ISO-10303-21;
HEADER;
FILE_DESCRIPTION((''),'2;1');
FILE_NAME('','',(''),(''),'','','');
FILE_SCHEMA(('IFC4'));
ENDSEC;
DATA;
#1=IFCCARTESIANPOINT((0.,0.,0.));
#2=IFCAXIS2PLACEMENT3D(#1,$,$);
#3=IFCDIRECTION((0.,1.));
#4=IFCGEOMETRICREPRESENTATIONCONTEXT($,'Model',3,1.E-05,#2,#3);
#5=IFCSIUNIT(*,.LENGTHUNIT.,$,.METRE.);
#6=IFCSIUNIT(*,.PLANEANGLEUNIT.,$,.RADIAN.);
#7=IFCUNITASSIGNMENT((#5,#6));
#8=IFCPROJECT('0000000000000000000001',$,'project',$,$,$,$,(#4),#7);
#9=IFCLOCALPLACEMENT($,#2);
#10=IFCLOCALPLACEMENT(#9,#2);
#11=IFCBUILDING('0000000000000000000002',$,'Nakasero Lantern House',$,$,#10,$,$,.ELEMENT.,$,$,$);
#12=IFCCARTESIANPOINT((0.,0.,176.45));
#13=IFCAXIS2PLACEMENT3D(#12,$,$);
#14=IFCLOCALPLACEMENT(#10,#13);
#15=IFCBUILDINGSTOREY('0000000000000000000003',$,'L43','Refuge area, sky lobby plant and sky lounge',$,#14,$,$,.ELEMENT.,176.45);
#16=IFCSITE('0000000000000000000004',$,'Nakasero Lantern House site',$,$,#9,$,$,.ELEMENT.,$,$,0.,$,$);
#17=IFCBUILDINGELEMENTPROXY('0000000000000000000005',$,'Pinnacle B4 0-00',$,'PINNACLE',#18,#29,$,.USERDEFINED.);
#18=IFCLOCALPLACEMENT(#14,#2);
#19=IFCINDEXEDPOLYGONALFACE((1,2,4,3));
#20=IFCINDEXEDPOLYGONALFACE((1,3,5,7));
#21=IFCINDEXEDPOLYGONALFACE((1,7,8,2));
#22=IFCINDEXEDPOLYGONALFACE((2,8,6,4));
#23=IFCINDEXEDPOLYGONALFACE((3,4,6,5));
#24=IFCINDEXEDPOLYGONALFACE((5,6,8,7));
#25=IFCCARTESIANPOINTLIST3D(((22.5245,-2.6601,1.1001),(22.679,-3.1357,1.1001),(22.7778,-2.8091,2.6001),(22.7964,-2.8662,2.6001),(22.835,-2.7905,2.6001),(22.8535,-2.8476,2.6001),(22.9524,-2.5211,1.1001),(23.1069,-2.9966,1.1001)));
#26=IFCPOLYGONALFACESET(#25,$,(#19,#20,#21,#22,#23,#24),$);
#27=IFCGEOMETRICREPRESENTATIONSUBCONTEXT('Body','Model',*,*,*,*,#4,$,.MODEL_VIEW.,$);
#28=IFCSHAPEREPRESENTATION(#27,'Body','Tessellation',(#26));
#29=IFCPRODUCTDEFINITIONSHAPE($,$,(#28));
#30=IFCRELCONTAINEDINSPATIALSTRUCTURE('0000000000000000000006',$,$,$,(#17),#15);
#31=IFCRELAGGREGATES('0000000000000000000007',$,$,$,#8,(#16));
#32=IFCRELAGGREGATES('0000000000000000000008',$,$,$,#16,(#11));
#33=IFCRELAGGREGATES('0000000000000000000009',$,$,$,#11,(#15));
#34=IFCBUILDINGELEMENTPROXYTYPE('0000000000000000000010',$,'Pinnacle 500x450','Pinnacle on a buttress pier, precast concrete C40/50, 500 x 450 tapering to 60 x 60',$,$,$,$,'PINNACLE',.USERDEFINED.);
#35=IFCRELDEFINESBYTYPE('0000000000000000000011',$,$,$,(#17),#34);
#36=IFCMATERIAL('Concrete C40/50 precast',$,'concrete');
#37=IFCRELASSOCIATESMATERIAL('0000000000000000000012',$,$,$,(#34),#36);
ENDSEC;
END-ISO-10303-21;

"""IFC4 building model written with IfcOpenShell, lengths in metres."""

from ifc_helpers import new_model, entity, si_unit, direction, frame, origin, place, context, subcontext, project, spatial, material, type_object, element, save


model = new_model("IFC4")

# Units and contexts
model_context = context("Model", 3, precision=1e-05, world=origin(), true_north=direction((0.0, 1.0)))
body_context = subcontext(model_context, "Body", "Model", "MODEL_VIEW")
ifc_project = project(units=[si_unit("LENGTHUNIT", "METRE"), si_unit("PLANEANGLEUNIT", "RADIAN")], contexts=[model_context])

# Site, building, storey
site_placement = place(None, origin())
site = spatial("IfcSite", under=ifc_project, at=site_placement, Name="Nakasero Lantern House site", CompositionType="ELEMENT", RefElevation=0.0)
building_placement = place(site_placement, origin())
building = spatial("IfcBuilding", under=site, at=building_placement, Name="Nakasero Lantern House", CompositionType="ELEMENT")
storey_placement = place(building_placement, frame((0.0, 0.0, 176.45)))
storey = spatial("IfcBuildingStorey", under=building, at=storey_placement, Name="L43", Description="Refuge area, sky lobby plant and sky lounge", CompositionType="ELEMENT", Elevation=176.45)

# Building element proxy
ifc_material_1 = material(Name="Concrete C40/50 precast", Category="concrete")
building_element_proxy_type = type_object("IfcBuildingElementProxyType", Name="Pinnacle 500x450", Description="Pinnacle on a buttress pier, precast concrete C40/50, 500 x 450 tapering to 60 x 60", ElementType="PINNACLE", PredefinedType="USERDEFINED", material=ifc_material_1)
proxy_placement = place(storey_placement, frame((22.8157, -2.8284, 1.1001), z_axis=(0.0, 0.0, 1.0), x_axis=(0.951057, 0.309017, 0.0)))
element("IfcBuildingElementProxy", 1, at=proxy_placement, inside=storey, type_object=building_element_proxy_type, Name="Pinnacle B4 0-00", ObjectType="PINNACLE", PredefinedType="USERDEFINED", context=body_context, shape_type="SweptSolid", body=[
    entity("IfcExtrudedAreaSolidTapered", entity("IfcRectangleProfileDef", "AREA", None, entity("IfcAxis2Placement2D", entity("IfcCartesianPoint", [0.0, 0.0])), 0.45, 0.5), entity("IfcAxis2Placement3D", entity("IfcCartesianPoint", [0.0, 0.0, 0.0])), entity("IfcDirection", [0.0, 0.0, 1.0]), 1.5, entity("IfcRectangleProfileDef", "AREA", None, entity("IfcAxis2Placement2D", entity("IfcCartesianPoint", [0.0, 0.0])), 0.0601, 0.0601)),
])

save(model, "model.ifc")
